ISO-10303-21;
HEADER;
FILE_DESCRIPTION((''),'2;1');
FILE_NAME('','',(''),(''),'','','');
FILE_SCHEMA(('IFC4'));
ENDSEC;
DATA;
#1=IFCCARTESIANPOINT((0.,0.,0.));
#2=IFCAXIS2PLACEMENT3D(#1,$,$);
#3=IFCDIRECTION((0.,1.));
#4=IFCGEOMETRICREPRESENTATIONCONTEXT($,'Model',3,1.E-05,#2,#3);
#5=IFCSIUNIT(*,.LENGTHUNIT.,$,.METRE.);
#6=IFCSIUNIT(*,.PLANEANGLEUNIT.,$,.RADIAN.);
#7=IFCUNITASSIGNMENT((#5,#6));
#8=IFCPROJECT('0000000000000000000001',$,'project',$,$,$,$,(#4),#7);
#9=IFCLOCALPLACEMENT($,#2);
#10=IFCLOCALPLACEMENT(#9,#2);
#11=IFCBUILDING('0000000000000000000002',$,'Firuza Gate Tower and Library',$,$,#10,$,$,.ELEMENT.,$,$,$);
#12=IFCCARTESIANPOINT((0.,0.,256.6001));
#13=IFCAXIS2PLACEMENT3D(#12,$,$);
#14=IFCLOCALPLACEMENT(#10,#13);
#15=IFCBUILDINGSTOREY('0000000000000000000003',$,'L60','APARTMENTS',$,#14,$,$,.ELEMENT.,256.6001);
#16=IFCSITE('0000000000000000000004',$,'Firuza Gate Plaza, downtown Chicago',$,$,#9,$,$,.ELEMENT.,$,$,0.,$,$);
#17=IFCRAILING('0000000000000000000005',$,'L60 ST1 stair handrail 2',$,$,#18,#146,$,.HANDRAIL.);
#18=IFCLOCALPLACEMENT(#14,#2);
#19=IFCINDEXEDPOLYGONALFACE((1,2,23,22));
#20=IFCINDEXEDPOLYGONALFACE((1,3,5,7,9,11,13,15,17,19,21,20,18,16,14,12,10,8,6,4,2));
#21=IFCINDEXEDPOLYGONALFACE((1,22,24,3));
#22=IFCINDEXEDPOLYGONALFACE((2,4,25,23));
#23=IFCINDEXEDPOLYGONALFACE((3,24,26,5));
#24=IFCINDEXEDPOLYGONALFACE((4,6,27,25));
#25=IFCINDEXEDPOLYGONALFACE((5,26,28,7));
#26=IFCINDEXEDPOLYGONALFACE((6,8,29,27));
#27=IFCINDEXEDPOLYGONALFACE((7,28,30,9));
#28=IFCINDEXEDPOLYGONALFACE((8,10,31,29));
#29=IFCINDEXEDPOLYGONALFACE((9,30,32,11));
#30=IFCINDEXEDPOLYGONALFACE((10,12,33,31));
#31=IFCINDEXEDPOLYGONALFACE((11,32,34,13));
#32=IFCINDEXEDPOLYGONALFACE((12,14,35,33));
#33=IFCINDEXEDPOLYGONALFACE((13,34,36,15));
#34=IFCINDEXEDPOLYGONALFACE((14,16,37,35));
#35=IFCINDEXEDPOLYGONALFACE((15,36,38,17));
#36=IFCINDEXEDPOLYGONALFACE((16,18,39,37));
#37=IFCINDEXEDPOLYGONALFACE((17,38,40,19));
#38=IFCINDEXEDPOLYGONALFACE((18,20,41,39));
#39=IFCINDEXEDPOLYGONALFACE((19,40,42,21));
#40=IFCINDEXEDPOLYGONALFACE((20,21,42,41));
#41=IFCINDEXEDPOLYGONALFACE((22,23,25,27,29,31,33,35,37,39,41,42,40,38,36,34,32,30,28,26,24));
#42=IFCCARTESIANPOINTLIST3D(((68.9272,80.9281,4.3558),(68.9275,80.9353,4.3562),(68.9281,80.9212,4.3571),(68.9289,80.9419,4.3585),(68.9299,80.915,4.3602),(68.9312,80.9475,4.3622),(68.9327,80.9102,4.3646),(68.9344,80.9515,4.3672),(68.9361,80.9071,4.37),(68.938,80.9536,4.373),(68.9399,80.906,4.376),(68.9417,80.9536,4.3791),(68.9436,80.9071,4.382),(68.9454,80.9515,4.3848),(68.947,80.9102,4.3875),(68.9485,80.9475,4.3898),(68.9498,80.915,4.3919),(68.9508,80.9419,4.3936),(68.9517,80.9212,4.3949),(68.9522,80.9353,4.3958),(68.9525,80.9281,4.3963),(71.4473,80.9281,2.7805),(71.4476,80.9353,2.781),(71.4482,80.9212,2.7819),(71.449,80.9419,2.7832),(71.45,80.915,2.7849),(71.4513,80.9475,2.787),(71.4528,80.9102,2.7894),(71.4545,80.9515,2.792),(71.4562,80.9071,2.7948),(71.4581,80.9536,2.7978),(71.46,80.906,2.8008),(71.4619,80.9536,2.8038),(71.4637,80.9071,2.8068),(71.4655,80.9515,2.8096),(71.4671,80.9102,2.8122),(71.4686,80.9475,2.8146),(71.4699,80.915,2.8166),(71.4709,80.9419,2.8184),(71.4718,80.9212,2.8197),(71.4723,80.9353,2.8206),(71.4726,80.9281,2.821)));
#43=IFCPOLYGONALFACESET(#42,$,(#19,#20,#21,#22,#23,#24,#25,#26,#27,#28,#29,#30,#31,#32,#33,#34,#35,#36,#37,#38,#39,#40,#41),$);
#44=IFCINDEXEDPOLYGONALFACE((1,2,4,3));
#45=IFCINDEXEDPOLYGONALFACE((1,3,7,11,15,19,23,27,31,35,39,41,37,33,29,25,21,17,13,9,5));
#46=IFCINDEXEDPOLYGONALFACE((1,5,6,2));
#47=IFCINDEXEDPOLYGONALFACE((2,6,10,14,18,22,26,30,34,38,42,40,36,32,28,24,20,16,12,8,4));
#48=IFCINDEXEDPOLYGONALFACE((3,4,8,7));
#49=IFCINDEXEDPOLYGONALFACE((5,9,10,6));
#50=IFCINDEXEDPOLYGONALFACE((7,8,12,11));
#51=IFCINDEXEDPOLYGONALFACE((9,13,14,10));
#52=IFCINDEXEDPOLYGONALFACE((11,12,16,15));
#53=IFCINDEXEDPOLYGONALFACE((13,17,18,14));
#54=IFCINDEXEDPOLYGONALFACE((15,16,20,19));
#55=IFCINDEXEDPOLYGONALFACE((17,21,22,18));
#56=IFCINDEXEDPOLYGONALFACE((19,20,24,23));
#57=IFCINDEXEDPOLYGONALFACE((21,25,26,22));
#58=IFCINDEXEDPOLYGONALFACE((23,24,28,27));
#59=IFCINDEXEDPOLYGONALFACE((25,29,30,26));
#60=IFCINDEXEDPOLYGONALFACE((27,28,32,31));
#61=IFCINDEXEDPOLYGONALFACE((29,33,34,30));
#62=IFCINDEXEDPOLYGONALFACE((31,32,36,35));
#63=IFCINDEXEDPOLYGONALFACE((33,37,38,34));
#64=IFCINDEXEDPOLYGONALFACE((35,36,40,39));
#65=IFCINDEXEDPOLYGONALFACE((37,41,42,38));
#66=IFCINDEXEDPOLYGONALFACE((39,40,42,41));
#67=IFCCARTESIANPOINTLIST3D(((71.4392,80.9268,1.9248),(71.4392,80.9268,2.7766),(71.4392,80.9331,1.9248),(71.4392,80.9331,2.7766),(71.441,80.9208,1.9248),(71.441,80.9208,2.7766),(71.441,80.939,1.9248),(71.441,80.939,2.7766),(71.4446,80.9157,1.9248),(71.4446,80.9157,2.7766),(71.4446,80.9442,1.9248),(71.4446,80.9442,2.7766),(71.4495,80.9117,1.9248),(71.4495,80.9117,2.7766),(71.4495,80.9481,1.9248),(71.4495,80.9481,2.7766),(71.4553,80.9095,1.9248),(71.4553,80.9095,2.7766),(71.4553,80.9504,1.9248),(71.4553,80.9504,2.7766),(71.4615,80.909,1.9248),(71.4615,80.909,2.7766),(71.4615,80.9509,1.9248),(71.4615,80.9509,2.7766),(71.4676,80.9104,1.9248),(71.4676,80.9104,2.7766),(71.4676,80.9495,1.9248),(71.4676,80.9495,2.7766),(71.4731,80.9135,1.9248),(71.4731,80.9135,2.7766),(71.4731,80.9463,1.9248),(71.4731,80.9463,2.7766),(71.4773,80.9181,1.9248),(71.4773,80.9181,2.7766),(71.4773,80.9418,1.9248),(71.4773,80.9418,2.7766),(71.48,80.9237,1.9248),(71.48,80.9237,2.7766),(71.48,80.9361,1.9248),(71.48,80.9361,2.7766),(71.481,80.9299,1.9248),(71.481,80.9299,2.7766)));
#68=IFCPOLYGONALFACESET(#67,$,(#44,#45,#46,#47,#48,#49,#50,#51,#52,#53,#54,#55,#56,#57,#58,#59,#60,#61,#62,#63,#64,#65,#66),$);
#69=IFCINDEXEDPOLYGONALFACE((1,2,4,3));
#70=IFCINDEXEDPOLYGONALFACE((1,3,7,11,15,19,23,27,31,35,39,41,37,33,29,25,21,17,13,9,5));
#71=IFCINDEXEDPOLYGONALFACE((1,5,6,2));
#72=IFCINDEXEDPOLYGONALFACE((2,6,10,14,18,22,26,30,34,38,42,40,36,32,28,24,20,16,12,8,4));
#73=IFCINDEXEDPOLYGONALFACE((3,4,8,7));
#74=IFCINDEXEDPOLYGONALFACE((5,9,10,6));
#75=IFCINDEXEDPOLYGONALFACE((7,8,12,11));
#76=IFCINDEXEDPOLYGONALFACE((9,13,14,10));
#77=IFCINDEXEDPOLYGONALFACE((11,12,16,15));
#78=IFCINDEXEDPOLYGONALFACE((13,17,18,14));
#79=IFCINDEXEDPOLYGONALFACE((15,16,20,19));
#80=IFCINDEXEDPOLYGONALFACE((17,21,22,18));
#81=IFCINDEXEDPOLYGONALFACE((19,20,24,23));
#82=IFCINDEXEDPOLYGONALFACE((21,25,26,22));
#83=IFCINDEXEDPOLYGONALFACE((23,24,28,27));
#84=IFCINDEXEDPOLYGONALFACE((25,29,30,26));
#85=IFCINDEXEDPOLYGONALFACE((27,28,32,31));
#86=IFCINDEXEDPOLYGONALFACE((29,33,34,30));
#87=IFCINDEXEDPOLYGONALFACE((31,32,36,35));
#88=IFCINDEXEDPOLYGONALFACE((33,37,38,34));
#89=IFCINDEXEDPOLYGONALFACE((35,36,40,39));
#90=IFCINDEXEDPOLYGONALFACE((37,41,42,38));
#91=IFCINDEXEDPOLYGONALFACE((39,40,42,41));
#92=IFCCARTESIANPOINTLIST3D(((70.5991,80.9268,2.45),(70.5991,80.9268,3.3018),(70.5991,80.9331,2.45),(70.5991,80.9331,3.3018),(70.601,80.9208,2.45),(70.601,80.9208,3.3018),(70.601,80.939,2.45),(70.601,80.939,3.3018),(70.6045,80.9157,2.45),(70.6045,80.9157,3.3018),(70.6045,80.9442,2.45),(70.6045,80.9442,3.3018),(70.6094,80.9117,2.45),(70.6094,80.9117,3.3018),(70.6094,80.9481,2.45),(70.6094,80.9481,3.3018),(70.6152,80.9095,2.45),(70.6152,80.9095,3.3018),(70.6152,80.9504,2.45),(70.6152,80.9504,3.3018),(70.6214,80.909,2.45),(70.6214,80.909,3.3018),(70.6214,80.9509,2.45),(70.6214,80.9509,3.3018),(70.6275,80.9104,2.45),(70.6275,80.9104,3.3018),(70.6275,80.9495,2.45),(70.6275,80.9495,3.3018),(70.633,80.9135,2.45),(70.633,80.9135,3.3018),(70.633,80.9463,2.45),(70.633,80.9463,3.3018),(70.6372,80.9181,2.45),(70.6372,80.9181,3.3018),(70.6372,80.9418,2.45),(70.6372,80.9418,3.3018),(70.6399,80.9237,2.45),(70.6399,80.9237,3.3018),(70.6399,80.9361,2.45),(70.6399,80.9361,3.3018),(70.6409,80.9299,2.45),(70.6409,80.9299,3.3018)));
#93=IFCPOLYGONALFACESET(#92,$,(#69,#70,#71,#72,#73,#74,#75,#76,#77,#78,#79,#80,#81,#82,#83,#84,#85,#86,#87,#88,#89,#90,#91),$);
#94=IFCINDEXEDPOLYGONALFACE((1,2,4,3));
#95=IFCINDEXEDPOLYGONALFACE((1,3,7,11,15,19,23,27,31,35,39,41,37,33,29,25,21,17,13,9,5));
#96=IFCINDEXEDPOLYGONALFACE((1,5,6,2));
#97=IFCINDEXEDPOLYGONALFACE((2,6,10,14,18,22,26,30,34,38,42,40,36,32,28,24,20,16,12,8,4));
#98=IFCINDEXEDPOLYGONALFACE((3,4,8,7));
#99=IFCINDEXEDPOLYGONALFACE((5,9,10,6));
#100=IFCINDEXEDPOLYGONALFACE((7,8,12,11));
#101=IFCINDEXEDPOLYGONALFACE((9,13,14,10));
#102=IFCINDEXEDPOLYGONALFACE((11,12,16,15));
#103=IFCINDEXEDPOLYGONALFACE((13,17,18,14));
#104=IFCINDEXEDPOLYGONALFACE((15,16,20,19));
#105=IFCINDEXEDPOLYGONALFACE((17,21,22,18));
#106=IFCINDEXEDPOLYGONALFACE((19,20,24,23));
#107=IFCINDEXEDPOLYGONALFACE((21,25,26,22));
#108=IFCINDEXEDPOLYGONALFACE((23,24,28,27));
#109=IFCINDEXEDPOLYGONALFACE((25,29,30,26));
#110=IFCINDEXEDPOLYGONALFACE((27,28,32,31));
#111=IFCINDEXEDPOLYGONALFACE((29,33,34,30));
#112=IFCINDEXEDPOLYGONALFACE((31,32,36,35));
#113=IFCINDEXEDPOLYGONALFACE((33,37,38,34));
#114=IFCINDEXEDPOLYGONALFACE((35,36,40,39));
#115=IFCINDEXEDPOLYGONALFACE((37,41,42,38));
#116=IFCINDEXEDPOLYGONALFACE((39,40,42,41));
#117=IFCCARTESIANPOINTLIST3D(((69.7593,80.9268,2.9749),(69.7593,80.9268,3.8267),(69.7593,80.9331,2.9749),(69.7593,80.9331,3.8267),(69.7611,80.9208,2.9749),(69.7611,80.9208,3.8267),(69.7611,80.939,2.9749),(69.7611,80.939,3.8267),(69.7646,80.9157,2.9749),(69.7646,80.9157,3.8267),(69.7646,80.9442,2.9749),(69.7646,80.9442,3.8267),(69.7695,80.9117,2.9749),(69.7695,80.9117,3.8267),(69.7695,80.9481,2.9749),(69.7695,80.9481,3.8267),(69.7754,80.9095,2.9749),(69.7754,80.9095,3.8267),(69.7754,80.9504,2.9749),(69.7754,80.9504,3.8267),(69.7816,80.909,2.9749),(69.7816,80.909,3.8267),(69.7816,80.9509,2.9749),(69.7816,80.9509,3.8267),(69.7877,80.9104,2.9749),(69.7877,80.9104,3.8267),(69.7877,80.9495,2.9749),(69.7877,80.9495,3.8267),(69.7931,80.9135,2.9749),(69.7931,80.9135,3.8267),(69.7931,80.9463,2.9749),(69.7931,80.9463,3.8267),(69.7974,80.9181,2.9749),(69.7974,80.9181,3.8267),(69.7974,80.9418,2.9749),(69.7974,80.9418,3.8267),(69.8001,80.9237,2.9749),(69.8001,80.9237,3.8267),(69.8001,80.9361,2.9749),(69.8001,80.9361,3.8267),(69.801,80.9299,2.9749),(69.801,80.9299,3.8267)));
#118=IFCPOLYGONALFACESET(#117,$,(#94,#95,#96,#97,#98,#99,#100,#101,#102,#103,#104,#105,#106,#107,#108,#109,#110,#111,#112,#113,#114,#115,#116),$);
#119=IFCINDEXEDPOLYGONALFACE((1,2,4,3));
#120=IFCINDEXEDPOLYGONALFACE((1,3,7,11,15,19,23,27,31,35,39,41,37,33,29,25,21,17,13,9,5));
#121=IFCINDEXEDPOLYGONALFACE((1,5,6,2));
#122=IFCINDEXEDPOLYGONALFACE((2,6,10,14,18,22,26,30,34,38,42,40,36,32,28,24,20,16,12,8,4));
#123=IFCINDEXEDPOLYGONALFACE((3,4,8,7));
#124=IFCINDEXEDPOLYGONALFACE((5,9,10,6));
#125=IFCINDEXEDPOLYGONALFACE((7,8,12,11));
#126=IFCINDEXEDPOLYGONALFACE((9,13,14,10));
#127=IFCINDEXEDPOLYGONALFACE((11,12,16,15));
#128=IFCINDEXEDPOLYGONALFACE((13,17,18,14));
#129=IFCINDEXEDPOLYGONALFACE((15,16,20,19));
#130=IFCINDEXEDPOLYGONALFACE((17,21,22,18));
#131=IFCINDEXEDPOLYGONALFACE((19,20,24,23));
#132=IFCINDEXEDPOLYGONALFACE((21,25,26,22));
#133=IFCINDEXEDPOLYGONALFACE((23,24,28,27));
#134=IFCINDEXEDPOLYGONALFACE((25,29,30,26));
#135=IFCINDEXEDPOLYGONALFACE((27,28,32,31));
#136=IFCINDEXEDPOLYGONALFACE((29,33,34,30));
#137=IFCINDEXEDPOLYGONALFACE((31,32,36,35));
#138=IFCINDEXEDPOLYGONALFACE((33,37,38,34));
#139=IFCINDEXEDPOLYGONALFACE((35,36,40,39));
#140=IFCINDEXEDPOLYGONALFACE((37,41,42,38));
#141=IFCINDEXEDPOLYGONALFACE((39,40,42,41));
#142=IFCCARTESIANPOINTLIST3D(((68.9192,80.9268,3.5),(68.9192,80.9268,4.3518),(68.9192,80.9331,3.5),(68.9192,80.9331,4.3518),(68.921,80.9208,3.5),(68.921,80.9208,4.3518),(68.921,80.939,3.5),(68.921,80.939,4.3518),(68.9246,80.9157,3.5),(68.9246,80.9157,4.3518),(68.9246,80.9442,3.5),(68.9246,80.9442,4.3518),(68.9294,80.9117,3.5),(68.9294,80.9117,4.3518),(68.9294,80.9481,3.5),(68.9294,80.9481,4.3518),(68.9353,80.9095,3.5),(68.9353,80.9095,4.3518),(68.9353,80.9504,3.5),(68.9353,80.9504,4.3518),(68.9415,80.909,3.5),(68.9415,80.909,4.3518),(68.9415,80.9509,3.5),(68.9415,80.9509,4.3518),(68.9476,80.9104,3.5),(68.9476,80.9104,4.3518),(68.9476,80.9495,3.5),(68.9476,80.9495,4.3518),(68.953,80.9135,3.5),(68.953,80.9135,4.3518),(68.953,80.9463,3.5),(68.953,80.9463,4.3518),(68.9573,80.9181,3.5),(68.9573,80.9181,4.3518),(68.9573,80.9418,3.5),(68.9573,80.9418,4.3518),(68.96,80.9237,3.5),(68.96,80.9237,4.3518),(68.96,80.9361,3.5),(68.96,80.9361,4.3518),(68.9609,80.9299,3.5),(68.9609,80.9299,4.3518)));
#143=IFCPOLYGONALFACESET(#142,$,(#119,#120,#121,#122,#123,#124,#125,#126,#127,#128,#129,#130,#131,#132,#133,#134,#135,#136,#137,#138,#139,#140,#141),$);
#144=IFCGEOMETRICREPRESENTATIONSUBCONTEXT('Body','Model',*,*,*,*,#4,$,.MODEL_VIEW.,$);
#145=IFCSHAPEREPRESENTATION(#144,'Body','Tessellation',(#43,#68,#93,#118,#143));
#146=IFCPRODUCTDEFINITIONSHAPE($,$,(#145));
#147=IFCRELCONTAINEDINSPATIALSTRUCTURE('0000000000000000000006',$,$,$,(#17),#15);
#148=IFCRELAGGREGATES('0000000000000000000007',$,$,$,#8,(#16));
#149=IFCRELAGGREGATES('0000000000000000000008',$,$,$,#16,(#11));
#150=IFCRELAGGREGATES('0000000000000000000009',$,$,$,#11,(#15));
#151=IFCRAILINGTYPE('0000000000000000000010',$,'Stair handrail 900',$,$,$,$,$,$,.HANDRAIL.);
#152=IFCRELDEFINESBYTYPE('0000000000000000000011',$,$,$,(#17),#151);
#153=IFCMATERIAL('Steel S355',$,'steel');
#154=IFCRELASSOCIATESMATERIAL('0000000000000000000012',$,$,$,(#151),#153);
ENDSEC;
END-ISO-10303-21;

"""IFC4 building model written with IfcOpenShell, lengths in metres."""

from ifc_helpers import new_model, si_unit, direction, frame, origin, origin_2d, place, context, subcontext, project, spatial, circle, extrude, material, type_object, element, save


model = new_model("IFC4")

# Units and contexts
model_context = context("Model", 3, precision=1e-05, world=origin(), true_north=direction((0.0, 1.0)))
body_context = subcontext(model_context, "Body", "Model", "MODEL_VIEW")
ifc_project = project(units=[si_unit("LENGTHUNIT", "METRE"), si_unit("PLANEANGLEUNIT", "RADIAN")], contexts=[model_context])

# Site, building, storey
site_placement = place(None, origin())
site = spatial("IfcSite", under=ifc_project, at=site_placement, Name="Firuza Gate Plaza, downtown Chicago", CompositionType="ELEMENT", RefElevation=0.0)
building_placement = place(site_placement, origin())
building = spatial("IfcBuilding", under=site, at=building_placement, Name="Firuza Gate Tower and Library", CompositionType="ELEMENT")
storey_placement = place(building_placement, frame((0.0, 0.0, 256.6001)))
storey = spatial("IfcBuildingStorey", under=building, at=storey_placement, Name="L60", Description="APARTMENTS", CompositionType="ELEMENT", Elevation=256.6001)

# Railing
ifc_material_1 = material(Name="Steel S355", Category="steel")
railing_type_1 = type_object("IfcRailingType", Name="Stair handrail 900", PredefinedType="HANDRAIL", material=ifc_material_1)
railing_1_placement = place(storey_placement, frame((71.46, 80.9299, 1.9248)))
element("IfcRailing", 1, at=railing_1_placement, inside=storey, type_object=railing_type_1, Name="L60 ST1 stair handrail 2", PredefinedType="HANDRAIL", context=body_context, shape_type="SweptSolid", body=[
    extrude(circle(Radius=0.0239, at=origin_2d()), frame((0.0, 0.0, 0.876), z_axis=(-0.847971, 0.0, 0.530043), x_axis=(0.0, -1.0, 0.0)), (0.0, 0.0, 1.0), 2.9719),
    extrude(circle(Radius=0.021, at=origin_2d()), origin(), (0.0, 0.0, 1.0), 0.8518),
    extrude(circle(Radius=0.021, at=origin_2d()), frame((-0.8401, 0.0, 0.5251)), (0.0, 0.0, 1.0), 0.8518),
    extrude(circle(Radius=0.021, at=origin_2d()), frame((-1.6799, 0.0, 1.05)), (0.0, 0.0, 1.0), 0.8518),
    extrude(circle(Radius=0.021, at=origin_2d()), frame((-2.52, 0.0, 1.5752)), (0.0, 0.0, 1.0), 0.8518),
])

save(model, "model.ifc")
